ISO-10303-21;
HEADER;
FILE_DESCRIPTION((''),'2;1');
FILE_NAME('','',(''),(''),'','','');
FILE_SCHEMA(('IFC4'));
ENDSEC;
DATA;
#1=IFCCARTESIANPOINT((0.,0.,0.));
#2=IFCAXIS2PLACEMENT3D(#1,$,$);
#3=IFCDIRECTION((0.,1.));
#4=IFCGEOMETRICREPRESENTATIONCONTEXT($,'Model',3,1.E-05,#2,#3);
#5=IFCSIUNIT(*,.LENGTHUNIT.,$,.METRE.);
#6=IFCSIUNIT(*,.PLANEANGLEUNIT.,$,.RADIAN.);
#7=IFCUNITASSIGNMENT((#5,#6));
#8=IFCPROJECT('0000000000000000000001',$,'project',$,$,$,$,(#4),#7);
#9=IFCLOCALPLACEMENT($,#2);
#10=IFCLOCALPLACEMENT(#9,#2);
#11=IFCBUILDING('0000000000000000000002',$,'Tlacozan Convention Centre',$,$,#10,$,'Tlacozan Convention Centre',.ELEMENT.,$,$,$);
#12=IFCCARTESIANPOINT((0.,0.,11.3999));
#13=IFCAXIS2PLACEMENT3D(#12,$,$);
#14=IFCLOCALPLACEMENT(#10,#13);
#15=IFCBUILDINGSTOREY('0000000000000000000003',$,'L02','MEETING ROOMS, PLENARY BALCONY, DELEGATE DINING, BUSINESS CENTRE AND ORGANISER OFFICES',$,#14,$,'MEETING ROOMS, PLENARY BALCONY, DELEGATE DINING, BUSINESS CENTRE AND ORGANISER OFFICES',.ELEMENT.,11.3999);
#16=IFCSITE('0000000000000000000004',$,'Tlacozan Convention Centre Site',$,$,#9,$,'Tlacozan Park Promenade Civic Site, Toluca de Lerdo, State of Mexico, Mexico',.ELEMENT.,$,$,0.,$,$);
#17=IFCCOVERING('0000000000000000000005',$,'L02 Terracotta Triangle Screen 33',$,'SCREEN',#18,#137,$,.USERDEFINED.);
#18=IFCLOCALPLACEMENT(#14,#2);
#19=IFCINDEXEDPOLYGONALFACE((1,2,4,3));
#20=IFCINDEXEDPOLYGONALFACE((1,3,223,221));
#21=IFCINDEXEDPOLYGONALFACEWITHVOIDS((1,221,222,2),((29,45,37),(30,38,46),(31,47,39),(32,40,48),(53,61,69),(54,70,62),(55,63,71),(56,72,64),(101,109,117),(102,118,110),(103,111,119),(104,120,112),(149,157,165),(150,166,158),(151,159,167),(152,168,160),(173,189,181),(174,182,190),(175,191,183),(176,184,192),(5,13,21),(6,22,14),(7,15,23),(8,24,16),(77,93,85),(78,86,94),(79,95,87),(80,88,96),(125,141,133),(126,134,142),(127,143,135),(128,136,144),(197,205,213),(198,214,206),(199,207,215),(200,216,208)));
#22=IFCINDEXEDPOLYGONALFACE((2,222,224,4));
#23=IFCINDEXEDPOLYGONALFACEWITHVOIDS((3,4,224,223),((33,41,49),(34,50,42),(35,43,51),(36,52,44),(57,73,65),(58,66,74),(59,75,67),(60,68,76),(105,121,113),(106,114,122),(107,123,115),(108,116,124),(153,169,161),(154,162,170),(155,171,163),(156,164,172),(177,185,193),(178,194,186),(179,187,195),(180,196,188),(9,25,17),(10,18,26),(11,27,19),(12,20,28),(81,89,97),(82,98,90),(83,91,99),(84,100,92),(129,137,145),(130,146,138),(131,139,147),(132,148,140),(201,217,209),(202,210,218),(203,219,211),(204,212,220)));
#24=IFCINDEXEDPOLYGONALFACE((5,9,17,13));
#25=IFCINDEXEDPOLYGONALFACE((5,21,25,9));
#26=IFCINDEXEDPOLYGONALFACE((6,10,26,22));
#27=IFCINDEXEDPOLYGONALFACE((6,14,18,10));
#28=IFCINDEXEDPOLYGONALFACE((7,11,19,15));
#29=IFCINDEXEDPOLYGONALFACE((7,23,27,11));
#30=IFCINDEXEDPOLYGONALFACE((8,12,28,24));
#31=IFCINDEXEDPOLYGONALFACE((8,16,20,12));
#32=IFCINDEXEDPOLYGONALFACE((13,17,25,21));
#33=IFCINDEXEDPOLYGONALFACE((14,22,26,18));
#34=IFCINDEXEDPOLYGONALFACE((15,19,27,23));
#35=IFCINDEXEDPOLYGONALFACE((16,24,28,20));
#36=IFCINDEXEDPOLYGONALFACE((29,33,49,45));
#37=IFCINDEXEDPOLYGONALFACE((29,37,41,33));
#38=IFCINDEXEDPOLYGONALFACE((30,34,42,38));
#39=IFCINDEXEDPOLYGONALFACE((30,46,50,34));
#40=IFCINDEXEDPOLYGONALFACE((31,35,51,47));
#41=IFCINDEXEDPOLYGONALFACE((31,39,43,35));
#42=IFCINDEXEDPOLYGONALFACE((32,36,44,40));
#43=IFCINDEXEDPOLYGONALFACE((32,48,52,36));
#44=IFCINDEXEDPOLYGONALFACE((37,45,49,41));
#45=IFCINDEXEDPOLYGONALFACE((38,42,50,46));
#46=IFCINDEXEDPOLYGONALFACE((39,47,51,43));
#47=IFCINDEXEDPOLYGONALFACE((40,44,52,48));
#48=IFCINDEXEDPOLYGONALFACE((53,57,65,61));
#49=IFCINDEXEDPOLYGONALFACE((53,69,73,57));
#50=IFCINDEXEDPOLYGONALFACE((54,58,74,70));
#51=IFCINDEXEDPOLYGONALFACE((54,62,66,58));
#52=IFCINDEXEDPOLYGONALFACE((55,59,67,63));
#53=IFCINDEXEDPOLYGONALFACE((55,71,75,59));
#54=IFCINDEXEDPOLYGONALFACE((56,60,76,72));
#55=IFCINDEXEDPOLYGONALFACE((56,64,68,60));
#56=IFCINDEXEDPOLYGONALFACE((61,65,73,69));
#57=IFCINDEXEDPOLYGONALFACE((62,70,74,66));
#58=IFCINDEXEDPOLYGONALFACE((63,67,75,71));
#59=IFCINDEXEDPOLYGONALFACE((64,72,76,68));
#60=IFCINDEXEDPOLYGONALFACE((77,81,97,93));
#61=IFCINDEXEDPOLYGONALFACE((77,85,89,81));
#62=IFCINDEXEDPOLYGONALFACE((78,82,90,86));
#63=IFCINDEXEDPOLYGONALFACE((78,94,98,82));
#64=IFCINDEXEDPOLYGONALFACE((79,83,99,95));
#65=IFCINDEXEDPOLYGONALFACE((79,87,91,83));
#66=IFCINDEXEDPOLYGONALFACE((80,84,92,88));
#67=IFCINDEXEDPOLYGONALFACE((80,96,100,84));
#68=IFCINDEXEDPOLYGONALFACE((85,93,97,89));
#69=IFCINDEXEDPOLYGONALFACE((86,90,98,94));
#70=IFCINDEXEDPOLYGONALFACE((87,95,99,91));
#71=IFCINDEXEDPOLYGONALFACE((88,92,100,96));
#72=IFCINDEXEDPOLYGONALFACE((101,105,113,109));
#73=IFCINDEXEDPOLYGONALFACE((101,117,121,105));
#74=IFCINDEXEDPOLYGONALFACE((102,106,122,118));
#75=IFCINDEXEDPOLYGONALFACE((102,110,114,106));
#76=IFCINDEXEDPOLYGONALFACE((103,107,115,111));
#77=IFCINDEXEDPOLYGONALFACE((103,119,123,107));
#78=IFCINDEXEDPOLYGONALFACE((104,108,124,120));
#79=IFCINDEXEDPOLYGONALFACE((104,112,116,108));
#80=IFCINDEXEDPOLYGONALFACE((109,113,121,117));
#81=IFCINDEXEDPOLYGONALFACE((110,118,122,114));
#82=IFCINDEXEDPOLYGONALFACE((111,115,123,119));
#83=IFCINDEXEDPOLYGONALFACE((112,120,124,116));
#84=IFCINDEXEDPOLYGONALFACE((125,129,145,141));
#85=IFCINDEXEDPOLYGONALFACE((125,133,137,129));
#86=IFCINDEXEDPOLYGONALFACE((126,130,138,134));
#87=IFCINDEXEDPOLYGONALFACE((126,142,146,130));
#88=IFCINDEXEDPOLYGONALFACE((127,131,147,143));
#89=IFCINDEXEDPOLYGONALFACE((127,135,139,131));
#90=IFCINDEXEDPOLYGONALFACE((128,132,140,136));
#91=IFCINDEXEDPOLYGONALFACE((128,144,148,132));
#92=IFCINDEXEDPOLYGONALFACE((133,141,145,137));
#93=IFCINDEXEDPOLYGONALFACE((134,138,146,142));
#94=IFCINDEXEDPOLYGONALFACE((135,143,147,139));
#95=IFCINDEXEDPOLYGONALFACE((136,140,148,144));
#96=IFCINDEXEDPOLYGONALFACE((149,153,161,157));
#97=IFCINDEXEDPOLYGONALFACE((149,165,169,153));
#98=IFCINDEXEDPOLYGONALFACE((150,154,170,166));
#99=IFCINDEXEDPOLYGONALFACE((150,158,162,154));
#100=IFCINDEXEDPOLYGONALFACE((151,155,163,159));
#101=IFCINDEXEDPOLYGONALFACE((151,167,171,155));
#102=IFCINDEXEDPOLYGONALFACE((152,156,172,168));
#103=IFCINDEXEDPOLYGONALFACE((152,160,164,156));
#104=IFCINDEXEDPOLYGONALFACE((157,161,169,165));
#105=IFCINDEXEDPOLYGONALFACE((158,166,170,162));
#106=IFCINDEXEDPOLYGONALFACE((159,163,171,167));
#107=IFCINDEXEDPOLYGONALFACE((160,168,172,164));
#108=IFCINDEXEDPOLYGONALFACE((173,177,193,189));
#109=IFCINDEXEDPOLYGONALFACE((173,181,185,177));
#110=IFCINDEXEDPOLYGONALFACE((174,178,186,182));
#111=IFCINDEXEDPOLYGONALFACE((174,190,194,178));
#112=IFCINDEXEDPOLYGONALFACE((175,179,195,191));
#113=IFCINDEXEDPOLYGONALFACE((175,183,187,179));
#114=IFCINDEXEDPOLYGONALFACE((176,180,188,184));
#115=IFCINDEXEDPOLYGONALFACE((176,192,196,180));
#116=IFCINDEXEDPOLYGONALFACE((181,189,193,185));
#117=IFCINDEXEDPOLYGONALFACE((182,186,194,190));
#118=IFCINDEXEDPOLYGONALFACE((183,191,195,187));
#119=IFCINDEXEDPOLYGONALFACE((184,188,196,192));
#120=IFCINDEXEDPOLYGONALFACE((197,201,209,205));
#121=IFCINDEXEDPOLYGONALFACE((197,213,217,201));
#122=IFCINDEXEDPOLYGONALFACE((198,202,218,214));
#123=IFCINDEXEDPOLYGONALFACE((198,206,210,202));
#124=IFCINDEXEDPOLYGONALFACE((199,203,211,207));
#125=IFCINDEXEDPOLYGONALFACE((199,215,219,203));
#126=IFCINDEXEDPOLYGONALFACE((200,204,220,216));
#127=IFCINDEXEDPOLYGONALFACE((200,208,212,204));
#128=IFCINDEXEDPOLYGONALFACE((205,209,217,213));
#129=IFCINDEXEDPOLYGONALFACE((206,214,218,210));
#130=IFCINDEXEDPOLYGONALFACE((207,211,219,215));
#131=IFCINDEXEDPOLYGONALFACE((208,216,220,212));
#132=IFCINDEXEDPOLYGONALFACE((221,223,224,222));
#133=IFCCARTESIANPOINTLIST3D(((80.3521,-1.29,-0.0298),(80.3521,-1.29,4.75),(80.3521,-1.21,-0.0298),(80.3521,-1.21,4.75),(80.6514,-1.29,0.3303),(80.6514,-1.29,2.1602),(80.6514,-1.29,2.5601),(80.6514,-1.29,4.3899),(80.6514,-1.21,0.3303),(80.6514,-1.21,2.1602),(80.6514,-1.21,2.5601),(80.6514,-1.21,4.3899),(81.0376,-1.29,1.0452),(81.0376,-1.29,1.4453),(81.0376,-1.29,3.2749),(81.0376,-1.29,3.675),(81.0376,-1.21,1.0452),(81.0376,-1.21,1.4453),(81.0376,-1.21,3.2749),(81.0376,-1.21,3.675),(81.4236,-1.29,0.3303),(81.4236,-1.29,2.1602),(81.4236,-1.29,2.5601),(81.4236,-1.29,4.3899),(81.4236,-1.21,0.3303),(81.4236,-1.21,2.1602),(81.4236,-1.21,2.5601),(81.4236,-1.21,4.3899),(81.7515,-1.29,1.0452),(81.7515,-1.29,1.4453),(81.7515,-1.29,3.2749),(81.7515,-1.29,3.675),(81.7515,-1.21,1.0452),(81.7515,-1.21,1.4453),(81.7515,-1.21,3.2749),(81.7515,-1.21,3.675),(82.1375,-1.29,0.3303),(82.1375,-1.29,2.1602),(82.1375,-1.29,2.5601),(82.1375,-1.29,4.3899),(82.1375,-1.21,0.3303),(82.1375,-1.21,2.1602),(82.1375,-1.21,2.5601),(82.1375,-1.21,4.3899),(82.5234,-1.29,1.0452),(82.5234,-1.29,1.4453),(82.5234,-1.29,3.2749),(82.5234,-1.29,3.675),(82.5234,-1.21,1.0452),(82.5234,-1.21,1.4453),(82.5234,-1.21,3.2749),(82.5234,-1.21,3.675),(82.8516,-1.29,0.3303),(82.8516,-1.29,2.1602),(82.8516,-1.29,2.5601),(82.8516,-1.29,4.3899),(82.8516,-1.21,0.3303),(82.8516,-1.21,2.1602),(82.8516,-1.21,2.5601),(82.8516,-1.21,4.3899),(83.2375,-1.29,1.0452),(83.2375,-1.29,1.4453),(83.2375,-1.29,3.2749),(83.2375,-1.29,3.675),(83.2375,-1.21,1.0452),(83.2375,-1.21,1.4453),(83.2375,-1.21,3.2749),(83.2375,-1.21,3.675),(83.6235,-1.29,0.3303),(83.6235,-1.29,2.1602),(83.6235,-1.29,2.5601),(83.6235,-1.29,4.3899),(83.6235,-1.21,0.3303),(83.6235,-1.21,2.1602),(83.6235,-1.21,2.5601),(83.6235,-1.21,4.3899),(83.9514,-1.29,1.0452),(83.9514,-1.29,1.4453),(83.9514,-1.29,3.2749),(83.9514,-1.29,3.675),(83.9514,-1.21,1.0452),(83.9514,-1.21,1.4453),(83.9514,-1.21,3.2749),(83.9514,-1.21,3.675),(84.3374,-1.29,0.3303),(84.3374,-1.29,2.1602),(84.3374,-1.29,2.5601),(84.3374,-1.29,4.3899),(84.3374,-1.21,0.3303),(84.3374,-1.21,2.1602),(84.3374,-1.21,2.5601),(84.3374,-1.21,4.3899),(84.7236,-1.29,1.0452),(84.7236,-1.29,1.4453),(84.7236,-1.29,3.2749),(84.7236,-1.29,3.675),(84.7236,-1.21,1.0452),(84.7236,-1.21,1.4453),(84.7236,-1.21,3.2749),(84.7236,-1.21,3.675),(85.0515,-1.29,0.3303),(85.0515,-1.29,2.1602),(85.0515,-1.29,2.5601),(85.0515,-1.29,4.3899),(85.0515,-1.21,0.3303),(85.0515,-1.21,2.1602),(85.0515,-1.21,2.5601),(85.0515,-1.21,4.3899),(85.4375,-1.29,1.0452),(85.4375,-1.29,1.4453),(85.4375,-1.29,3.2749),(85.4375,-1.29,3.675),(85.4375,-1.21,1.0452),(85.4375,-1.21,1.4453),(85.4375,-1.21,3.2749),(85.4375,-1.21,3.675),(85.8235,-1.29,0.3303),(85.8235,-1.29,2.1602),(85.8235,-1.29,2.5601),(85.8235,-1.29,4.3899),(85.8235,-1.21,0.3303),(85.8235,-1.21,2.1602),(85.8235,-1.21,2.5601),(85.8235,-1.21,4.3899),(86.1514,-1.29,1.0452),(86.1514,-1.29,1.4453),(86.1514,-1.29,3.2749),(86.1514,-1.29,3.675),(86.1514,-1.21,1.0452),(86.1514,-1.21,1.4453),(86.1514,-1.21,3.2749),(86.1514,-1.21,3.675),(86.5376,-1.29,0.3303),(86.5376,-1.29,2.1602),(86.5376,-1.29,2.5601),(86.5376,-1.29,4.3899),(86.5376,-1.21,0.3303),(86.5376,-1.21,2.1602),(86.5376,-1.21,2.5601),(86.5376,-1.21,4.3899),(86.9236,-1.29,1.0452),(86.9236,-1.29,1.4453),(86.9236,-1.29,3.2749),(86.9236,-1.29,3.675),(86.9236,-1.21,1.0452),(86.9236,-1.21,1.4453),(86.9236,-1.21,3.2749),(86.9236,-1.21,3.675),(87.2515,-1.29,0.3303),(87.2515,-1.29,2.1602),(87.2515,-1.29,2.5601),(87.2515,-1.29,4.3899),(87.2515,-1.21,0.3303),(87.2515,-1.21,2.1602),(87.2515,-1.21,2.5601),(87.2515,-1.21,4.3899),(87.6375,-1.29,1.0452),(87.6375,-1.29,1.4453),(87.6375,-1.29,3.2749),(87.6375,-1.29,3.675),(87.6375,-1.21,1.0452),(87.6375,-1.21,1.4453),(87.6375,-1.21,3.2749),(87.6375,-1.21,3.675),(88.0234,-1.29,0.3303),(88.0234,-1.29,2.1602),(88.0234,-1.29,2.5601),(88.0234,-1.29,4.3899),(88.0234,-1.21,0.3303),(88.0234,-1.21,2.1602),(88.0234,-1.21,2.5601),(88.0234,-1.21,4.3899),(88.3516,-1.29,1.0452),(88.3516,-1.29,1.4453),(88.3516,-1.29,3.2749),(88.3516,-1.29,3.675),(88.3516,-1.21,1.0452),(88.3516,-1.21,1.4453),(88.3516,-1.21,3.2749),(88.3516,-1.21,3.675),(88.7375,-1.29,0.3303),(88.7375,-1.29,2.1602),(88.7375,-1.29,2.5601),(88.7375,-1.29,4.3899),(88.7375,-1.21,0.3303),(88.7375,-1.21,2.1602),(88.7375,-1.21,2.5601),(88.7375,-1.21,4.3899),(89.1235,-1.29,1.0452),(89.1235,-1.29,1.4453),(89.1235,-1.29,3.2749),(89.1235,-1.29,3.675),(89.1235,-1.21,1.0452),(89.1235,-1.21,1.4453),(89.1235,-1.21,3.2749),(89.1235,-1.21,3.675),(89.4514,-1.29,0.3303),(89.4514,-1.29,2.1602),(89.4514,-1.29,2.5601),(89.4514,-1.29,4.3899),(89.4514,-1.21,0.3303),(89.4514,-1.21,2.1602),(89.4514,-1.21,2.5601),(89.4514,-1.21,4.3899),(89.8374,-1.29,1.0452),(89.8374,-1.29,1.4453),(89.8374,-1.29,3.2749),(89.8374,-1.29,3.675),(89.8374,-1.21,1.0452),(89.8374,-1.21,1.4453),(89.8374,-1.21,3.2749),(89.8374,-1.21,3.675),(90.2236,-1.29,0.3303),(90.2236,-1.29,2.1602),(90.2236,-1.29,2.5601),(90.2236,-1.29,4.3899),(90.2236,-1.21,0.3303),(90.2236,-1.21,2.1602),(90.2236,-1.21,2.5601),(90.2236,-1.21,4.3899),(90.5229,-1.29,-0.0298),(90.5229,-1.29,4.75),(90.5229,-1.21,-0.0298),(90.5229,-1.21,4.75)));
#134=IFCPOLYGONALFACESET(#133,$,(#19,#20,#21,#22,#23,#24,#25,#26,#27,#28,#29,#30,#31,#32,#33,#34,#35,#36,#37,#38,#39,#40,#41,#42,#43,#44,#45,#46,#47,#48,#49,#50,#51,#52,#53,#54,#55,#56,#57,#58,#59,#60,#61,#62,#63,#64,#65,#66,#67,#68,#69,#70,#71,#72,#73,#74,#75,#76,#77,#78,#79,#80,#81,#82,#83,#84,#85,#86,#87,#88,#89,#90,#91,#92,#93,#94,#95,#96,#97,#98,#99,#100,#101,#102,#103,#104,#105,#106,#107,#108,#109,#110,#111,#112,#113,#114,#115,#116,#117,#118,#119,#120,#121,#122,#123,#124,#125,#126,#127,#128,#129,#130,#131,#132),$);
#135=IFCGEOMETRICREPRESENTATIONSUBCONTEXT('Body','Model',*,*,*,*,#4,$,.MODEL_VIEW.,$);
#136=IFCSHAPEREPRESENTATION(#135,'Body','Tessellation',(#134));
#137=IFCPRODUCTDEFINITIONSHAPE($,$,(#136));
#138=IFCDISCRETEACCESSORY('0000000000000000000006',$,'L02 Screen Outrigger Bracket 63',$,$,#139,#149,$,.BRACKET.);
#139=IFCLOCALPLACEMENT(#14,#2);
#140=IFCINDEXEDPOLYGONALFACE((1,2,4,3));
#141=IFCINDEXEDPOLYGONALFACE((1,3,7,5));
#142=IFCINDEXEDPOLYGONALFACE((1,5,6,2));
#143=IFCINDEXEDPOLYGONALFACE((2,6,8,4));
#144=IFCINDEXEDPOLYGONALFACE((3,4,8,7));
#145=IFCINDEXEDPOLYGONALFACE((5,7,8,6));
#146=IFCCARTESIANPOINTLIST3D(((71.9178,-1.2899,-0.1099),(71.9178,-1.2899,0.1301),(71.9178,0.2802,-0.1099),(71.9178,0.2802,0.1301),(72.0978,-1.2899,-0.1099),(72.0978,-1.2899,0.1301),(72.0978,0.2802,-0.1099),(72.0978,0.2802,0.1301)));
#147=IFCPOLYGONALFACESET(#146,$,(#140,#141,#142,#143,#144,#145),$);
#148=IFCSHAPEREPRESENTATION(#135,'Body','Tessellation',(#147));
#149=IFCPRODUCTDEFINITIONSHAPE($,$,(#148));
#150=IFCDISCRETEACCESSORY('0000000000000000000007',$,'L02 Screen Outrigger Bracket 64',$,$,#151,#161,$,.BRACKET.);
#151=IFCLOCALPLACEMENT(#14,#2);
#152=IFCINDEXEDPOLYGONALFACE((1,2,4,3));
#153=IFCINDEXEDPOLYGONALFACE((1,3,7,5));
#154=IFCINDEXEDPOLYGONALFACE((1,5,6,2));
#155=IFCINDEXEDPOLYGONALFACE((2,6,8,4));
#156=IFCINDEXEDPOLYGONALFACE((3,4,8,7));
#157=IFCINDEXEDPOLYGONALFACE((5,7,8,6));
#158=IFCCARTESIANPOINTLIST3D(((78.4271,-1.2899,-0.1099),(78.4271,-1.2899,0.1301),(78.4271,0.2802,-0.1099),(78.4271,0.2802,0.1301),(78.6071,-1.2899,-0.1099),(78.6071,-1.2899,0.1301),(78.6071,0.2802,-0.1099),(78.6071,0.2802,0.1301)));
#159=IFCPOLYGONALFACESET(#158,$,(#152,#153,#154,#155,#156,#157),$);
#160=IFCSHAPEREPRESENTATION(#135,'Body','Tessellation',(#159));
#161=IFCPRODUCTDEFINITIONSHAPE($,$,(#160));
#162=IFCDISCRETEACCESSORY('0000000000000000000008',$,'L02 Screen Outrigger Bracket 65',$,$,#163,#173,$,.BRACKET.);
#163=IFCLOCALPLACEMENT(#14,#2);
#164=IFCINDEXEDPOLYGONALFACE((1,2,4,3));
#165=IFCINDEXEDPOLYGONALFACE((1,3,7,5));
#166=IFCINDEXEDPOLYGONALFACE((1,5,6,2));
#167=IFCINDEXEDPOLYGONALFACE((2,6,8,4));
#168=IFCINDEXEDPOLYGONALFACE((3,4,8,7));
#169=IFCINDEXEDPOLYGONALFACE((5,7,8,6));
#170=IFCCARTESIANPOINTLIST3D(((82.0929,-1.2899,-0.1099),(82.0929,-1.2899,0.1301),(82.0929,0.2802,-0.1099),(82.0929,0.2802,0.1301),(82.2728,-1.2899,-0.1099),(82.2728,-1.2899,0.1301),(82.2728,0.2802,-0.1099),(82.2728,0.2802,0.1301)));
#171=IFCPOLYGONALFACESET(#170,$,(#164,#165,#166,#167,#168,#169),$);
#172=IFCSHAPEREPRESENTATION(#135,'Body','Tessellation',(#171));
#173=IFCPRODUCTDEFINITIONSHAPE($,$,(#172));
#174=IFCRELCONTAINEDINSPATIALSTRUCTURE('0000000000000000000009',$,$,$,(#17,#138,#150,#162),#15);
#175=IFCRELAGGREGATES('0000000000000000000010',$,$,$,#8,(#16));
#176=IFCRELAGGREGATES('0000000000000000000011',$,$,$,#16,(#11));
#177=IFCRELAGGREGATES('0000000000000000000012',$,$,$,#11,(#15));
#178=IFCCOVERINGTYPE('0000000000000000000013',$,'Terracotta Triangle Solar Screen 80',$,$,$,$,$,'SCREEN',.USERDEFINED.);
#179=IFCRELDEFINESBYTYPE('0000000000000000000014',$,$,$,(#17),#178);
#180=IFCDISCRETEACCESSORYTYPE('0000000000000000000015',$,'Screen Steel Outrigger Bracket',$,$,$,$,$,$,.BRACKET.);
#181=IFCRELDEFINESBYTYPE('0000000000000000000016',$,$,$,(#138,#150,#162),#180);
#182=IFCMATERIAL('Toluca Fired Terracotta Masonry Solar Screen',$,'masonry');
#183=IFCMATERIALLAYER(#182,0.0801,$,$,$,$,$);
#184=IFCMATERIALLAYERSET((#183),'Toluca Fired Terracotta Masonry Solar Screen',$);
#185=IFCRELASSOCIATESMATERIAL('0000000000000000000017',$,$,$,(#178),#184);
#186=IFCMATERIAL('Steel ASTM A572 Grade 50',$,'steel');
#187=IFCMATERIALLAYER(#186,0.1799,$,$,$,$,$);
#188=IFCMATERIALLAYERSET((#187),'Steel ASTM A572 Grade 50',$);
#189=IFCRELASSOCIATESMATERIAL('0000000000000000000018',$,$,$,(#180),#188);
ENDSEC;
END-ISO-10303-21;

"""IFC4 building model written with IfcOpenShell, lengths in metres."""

from ifc_helpers import new_model, si_unit, direction, frame, origin, origin_2d, place, context, subcontext, project, spatial, polyline, rectangle, outline, extrude, material, layer, layer_set, type_object, element, save


model = new_model("IFC4")

# Units and contexts
model_context = context("Model", 3, precision=1e-05, world=origin(), true_north=direction((0.0, 1.0)))
body_context = subcontext(model_context, "Body", "Model", "MODEL_VIEW")
ifc_project = project(units=[si_unit("LENGTHUNIT", "METRE"), si_unit("PLANEANGLEUNIT", "RADIAN")], contexts=[model_context])

# Site, building, storey
site_placement = place(None, origin())
site = spatial("IfcSite", under=ifc_project, at=site_placement, Name="Tlacozan Convention Centre Site", LongName="Tlacozan Park Promenade Civic Site, Toluca de Lerdo, State of Mexico, Mexico", CompositionType="ELEMENT", RefElevation=0.0)
building_placement = place(site_placement, origin())
building = spatial("IfcBuilding", under=site, at=building_placement, Name="Tlacozan Convention Centre", LongName="Tlacozan Convention Centre", CompositionType="ELEMENT")
storey_placement = place(building_placement, frame((0.0, 0.0, 11.3999)))
storey = spatial("IfcBuildingStorey", under=building, at=storey_placement, Name="L02", Description="MEETING ROOMS, PLENARY BALCONY, DELEGATE DINING, BUSINESS CENTRE AND ORGANISER OFFICES", LongName="MEETING ROOMS, PLENARY BALCONY, DELEGATE DINING, BUSINESS CENTRE AND ORGANISER OFFICES", CompositionType="ELEMENT", Elevation=11.3999)

# Covering
ifc_material_1 = material(Name="Toluca Fired Terracotta Masonry Solar Screen", Category="masonry")
ifc_layer_1 = layer(ifc_material_1, 0.0801)
ifc_layer_set_1 = layer_set([ifc_layer_1], Name="Toluca Fired Terracotta Masonry Solar Screen")
covering_type = type_object("IfcCoveringType", Name="Terracotta Triangle Solar Screen 80", ElementType="SCREEN", PredefinedType="USERDEFINED", material=ifc_layer_set_1)
covering_1_placement = place(storey_placement, frame((80.3521, -1.25, -0.0298), z_axis=(0.0, 0.0, 1.0), x_axis=(1.0, 0.0, 0.0)))
element("IfcCovering", 1, at=covering_1_placement, inside=storey, type_object=covering_type, Name="L02 Terracotta Triangle Screen 33", ObjectType="SCREEN", PredefinedType="USERDEFINED", context=body_context, shape_type="SweptSolid", body=[
    extrude(outline(polyline([(0.0, 0.0), (10.1709, 0.0), (10.1709, 4.7798), (0.0, 4.7798), (0.0, 0.0)]), holes=[polyline([(0.2993, 0.3601), (1.0715, 0.3601), (0.6855, 1.075), (0.2993, 0.3601)]), polyline([(1.3994, 1.075), (2.1714, 1.075), (1.7854, 0.3601), (1.3994, 1.075)]), polyline([(2.4995, 0.3601), (3.2715, 0.3601), (2.8855, 1.075), (2.4995, 0.3601)]), polyline([(3.5994, 1.075), (4.3716, 1.075), (3.9854, 0.3601), (3.5994, 1.075)]), polyline([(4.6995, 0.3601), (5.4714, 0.3601), (5.0854, 1.075), (4.6995, 0.3601)]), polyline([(5.7993, 1.075), (6.5715, 1.075), (6.1855, 0.3601), (5.7993, 1.075)]), polyline([(6.8994, 0.3601), (7.6714, 0.3601), (7.2854, 1.075), (6.8994, 0.3601)]), polyline([(7.9995, 1.075), (8.7715, 1.075), (8.3855, 0.3601), (7.9995, 1.075)]), polyline([(9.0994, 0.3601), (9.8716, 0.3601), (9.4854, 1.075), (9.0994, 0.3601)]), polyline([(0.2993, 2.1899), (1.0715, 2.1899), (0.6855, 1.4751), (0.2993, 2.1899)]), polyline([(1.3994, 1.4751), (2.1714, 1.4751), (1.7854, 2.1899), (1.3994, 1.4751)]), polyline([(2.4995, 2.1899), (3.2715, 2.1899), (2.8855, 1.4751), (2.4995, 2.1899)]), polyline([(3.5994, 1.4751), (4.3716, 1.4751), (3.9854, 2.1899), (3.5994, 1.4751)]), polyline([(4.6995, 2.1899), (5.4714, 2.1899), (5.0854, 1.4751), (4.6995, 2.1899)]), polyline([(5.7993, 1.4751), (6.5715, 1.4751), (6.1855, 2.1899), (5.7993, 1.4751)]), polyline([(6.8994, 2.1899), (7.6714, 2.1899), (7.2854, 1.4751), (6.8994, 2.1899)]), polyline([(7.9995, 1.4751), (8.7715, 1.4751), (8.3855, 2.1899), (7.9995, 1.4751)]), polyline([(9.0994, 2.1899), (9.8716, 2.1899), (9.4854, 1.4751), (9.0994, 2.1899)]), polyline([(0.2993, 2.5898), (1.0715, 2.5898), (0.6855, 3.3047), (0.2993, 2.5898)]), polyline([(1.3994, 3.3047), (2.1714, 3.3047), (1.7854, 2.5898), (1.3994, 3.3047)]), polyline([(2.4995, 2.5898), (3.2715, 2.5898), (2.8855, 3.3047), (2.4995, 2.5898)]), polyline([(3.5994, 3.3047), (4.3716, 3.3047), (3.9854, 2.5898), (3.5994, 3.3047)]), polyline([(4.6995, 2.5898), (5.4714, 2.5898), (5.0854, 3.3047), (4.6995, 2.5898)]), polyline([(5.7993, 3.3047), (6.5715, 3.3047), (6.1855, 2.5898), (5.7993, 3.3047)]), polyline([(6.8994, 2.5898), (7.6714, 2.5898), (7.2854, 3.3047), (6.8994, 2.5898)]), polyline([(7.9995, 3.3047), (8.7715, 3.3047), (8.3855, 2.5898), (7.9995, 3.3047)]), polyline([(9.0994, 2.5898), (9.8716, 2.5898), (9.4854, 3.3047), (9.0994, 2.5898)]), polyline([(0.2993, 4.4197), (1.0715, 4.4197), (0.6855, 3.7048), (0.2993, 4.4197)]), polyline([(1.3994, 3.7048), (2.1714, 3.7048), (1.7854, 4.4197), (1.3994, 3.7048)]), polyline([(2.4995, 4.4197), (3.2715, 4.4197), (2.8855, 3.7048), (2.4995, 4.4197)]), polyline([(3.5994, 3.7048), (4.3716, 3.7048), (3.9854, 4.4197), (3.5994, 3.7048)]), polyline([(4.6995, 4.4197), (5.4714, 4.4197), (5.0854, 3.7048), (4.6995, 4.4197)]), polyline([(5.7993, 3.7048), (6.5715, 3.7048), (6.1855, 4.4197), (5.7993, 3.7048)]), polyline([(6.8994, 4.4197), (7.6714, 4.4197), (7.2854, 3.7048), (6.8994, 4.4197)]), polyline([(7.9995, 3.7048), (8.7715, 3.7048), (8.3855, 4.4197), (7.9995, 3.7048)]), polyline([(9.0994, 4.4197), (9.8716, 4.4197), (9.4854, 3.7048), (9.0994, 4.4197)])]), frame((0.0, 0.04, 0.0), z_axis=(0.0, -1.0, 0.0), x_axis=(1.0, 0.0, 0.0)), (0.0, 0.0, 1.0), 0.0801),
])

# Discrete accessories
ifc_material_2 = material(Name="Steel ASTM A572 Grade 50", Category="steel")
ifc_layer_2 = layer(ifc_material_2, 0.1799)
ifc_layer_set_2 = layer_set([ifc_layer_2], Name="Steel ASTM A572 Grade 50")
discrete_accessory_type = type_object("IfcDiscreteAccessoryType", Name="Screen Steel Outrigger Bracket", PredefinedType="BRACKET", material=ifc_layer_set_2)
for number, where, z_axis, x_axis, name in (
    (2, (72.0078, -0.5049, -0.1099), (0.0, 0.0, 1.0), (0.0, 1.0, 0.0), "L02 Screen Outrigger Bracket 63"),
    (3, (78.5171, -0.5049, -0.1099), (0.0, 0.0, 1.0), (0.0, 1.0, 0.0), "L02 Screen Outrigger Bracket 64"),
    (4, (82.1829, -0.5049, -0.1099), (0.0, 0.0, 1.0), (0.0, 1.0, 0.0), "L02 Screen Outrigger Bracket 65"),
):
    element("IfcDiscreteAccessory", number, at=place(storey_placement, frame(where, z_axis=z_axis, x_axis=x_axis)), inside=storey, type_object=discrete_accessory_type, Name=name, PredefinedType="BRACKET", context=body_context, shape_type="SweptSolid", body=[
        extrude(rectangle(XDim=1.5701, YDim=0.1799, at=origin_2d()), origin(), (0.0, 0.0, 1.0), 0.24),
    ])

save(model, "model.ifc")
